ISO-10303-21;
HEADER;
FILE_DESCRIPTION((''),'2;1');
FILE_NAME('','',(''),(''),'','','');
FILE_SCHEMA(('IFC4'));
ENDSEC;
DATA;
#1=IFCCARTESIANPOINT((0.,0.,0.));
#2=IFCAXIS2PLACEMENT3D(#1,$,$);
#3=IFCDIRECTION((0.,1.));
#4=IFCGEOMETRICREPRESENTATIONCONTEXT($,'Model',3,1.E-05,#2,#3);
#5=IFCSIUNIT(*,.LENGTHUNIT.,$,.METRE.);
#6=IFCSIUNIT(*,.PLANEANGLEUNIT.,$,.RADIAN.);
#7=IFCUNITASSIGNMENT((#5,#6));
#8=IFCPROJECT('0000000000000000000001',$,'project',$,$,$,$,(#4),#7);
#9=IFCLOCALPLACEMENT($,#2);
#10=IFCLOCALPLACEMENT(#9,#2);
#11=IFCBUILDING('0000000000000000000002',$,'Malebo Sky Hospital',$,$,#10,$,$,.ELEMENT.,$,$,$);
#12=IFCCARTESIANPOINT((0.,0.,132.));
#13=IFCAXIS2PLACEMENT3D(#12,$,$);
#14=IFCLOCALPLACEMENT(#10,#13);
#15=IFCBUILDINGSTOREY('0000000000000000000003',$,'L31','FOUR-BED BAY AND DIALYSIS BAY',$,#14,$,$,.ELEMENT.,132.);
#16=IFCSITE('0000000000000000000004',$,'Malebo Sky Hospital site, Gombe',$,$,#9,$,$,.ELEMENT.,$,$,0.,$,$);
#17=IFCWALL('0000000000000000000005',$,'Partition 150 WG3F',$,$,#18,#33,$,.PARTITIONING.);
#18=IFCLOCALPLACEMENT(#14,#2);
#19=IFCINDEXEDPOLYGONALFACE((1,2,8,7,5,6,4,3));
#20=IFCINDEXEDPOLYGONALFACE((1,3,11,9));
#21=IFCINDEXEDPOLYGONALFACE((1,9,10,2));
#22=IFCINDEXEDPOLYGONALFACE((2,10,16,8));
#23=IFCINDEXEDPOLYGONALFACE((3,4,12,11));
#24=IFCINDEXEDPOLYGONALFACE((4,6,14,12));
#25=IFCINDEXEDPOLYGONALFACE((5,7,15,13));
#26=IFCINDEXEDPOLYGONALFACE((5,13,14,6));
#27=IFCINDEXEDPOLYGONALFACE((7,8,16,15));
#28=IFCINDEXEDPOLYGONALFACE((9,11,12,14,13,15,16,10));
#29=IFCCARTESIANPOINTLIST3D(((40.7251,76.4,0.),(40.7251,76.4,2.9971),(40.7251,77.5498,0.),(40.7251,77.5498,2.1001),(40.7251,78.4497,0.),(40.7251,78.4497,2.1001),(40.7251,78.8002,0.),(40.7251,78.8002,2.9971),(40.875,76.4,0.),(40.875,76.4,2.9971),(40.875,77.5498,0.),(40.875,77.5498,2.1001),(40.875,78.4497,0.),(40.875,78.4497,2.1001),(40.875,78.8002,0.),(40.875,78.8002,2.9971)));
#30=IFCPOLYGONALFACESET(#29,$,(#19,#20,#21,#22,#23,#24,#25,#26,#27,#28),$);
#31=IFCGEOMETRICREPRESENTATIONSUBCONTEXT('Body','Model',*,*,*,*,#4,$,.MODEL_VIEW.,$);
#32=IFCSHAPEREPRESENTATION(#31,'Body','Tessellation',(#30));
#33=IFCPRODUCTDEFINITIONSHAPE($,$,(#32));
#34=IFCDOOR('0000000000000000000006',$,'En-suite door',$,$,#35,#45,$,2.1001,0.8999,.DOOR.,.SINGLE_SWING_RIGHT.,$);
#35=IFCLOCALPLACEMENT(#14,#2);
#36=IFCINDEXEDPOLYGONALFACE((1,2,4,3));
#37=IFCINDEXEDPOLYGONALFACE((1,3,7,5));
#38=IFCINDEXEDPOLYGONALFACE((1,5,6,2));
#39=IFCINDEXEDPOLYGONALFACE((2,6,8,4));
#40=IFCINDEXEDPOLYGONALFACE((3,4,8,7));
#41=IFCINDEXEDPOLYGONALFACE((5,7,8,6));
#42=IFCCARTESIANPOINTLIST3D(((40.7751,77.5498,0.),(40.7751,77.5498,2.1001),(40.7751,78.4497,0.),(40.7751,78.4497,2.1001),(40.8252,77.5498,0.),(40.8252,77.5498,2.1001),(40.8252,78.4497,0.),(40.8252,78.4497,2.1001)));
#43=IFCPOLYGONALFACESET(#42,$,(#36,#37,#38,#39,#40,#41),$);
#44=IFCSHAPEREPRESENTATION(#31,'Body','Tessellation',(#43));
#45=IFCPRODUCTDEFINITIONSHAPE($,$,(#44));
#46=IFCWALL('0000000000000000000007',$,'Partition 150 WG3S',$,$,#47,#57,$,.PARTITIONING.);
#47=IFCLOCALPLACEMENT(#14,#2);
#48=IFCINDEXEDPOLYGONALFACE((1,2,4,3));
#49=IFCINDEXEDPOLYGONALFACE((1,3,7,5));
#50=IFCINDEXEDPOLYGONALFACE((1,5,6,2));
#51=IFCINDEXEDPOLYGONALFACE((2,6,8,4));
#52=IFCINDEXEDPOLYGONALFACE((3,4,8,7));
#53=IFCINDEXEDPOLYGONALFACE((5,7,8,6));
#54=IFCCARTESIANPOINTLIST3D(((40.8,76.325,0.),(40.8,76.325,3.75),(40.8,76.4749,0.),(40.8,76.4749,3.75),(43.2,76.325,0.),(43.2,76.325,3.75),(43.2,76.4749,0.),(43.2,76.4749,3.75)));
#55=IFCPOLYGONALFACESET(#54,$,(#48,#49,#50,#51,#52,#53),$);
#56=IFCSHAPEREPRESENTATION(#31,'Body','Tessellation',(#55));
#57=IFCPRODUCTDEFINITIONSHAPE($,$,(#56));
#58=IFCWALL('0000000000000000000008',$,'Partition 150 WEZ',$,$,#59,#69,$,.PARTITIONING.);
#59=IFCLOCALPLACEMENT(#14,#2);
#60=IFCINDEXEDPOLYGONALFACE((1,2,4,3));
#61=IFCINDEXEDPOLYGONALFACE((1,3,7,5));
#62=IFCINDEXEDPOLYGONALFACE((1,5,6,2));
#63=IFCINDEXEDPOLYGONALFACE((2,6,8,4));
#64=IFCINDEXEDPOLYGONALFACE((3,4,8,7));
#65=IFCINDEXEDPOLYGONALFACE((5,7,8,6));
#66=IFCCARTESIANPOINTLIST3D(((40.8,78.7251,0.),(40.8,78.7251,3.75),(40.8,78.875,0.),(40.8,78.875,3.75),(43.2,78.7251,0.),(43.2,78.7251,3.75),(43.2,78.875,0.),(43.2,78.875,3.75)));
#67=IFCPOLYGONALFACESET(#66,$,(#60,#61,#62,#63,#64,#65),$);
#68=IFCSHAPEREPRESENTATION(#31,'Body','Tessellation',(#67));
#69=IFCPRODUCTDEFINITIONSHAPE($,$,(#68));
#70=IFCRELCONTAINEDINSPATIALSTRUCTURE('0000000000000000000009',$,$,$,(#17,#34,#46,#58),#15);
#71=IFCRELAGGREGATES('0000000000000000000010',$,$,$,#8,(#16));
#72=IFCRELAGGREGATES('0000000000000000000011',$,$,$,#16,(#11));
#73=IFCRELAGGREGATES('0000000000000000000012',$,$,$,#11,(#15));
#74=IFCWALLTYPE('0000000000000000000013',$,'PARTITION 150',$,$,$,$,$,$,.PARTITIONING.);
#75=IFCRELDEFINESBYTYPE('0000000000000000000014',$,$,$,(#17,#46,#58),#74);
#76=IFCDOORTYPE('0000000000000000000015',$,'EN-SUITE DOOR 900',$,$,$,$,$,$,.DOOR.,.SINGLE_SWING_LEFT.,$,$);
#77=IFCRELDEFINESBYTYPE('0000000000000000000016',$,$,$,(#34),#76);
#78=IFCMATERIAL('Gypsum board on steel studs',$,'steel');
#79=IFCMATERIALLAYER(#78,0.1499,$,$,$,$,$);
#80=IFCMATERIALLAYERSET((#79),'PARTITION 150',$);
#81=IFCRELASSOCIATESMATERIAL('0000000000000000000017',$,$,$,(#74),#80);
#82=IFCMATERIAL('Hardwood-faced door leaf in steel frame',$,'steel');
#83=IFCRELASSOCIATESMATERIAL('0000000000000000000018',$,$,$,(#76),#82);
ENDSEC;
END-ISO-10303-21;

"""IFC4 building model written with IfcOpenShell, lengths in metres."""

from ifc_helpers import new_model, si_unit, direction, frame, frame_2d, origin, place, context, subcontext, project, spatial, rectangle, extrude, material, layer, layer_set, type_object, element, fill, save


model = new_model("IFC4")

# Units and contexts
model_context = context("Model", 3, precision=1e-05, world=origin(), true_north=direction((0.0, 1.0)))
body_context = subcontext(model_context, "Body", "Model", "MODEL_VIEW")
ifc_project = project(units=[si_unit("LENGTHUNIT", "METRE"), si_unit("PLANEANGLEUNIT", "RADIAN")], contexts=[model_context])

# Site, building, storey
site_placement = place(None, origin())
site = spatial("IfcSite", under=ifc_project, at=site_placement, Name="Malebo Sky Hospital site, Gombe", CompositionType="ELEMENT", RefElevation=0.0)
building_placement = place(site_placement, origin())
building = spatial("IfcBuilding", under=site, at=building_placement, Name="Malebo Sky Hospital", CompositionType="ELEMENT")
storey_placement = place(building_placement, frame((0.0, 0.0, 132.0)))
storey = spatial("IfcBuildingStorey", under=building, at=storey_placement, Name="L31", Description="FOUR-BED BAY AND DIALYSIS BAY", CompositionType="ELEMENT", Elevation=132.0)

# Shared definitions
ifc_material_1 = material(Name="Gypsum board on steel studs", Category="steel")
ifc_material_2 = material(Name="Hardwood-faced door leaf in steel frame", Category="steel")

# Shared definitions
ifc_layer_1 = layer(ifc_material_1, 0.1499)
ifc_layer_set_1 = layer_set([ifc_layer_1], Name="PARTITION 150")
wall_type_1 = type_object("IfcWallType", Name="PARTITION 150", PredefinedType="PARTITIONING", material=ifc_layer_set_1)

# Wall, opening, door
wall_1_placement = place(storey_placement, frame((40.8, 76.3999, 0.0), z_axis=(0.0, 0.0, 1.0), x_axis=(0.0, 1.0, 0.0)))
wall_1 = element("IfcWall", 1, at=wall_1_placement, inside=storey, type_object=wall_type_1, Name="Partition 150 WG3F", PredefinedType="PARTITIONING", context=body_context, shape_type="SweptSolid", body=[
    extrude(rectangle(XDim=2.4001, YDim=0.1499, at=frame_2d((1.2002, 0.0))), origin(), (0.0, 0.0, 1.0), 2.9971),
])
opening_1_placement = place(wall_1_placement, frame((1.1499, 0.0, 0.0)))
opening_1 = element("IfcOpeningElement", 2, at=opening_1_placement, cuts=wall_1, PredefinedType="OPENING", context=body_context, shape_type="SweptSolid", body=[
    extrude(rectangle(XDim=0.8999, YDim=2.1001, at=frame_2d((0.45, 1.05))), frame((0.0, 0.085, 0.0), z_axis=(0.0, -1.0, 0.0), x_axis=(1.0, 0.0, 0.0)), (0.0, 0.0, 1.0), 0.1699),
])
door_type_1 = type_object("IfcDoorType", Name="EN-SUITE DOOR 900", OperationType="SINGLE_SWING_LEFT", PredefinedType="DOOR", material=ifc_material_2)
door_1_placement = place(opening_1_placement, origin())
door_1 = element("IfcDoor", 3, at=door_1_placement, inside=storey, type_object=door_type_1, Name="En-suite door", OperationType="SINGLE_SWING_RIGHT", OverallHeight=2.1001, OverallWidth=0.8999, PredefinedType="DOOR", context=body_context, shape_type="SweptSolid", body=[
    extrude(rectangle(XDim=0.8999, YDim=2.1001, at=frame_2d((0.45, 1.05))), frame((0.0, 0.0249, 0.0), z_axis=(0.0, -1.0, 0.0), x_axis=(1.0, 0.0, 0.0)), (0.0, 0.0, 1.0), 0.05),
])
fill(opening_1, door_1)

# Walls
for number, where, z_axis, x_axis, name in (
    (4, (43.2, 76.3999, 0.0), (0.0, 0.0, 1.0), (-1.0, 0.0, 0.0), "Partition 150 WG3S"),
    (5, (43.2, 78.8, 0.0), (0.0, 0.0, 1.0), (-1.0, 0.0, 0.0), "Partition 150 WEZ"),
):
    element("IfcWall", number, at=place(storey_placement, frame(where, z_axis=z_axis, x_axis=x_axis)), inside=storey, type_object=wall_type_1, Name=name, PredefinedType="PARTITIONING", context=body_context, shape_type="SweptSolid", body=[
        extrude(rectangle(XDim=2.3999, YDim=0.1499, at=frame_2d((1.2, 0.0))), origin(), (0.0, 0.0, 1.0), 3.75),
    ])

save(model, "model.ifc")
